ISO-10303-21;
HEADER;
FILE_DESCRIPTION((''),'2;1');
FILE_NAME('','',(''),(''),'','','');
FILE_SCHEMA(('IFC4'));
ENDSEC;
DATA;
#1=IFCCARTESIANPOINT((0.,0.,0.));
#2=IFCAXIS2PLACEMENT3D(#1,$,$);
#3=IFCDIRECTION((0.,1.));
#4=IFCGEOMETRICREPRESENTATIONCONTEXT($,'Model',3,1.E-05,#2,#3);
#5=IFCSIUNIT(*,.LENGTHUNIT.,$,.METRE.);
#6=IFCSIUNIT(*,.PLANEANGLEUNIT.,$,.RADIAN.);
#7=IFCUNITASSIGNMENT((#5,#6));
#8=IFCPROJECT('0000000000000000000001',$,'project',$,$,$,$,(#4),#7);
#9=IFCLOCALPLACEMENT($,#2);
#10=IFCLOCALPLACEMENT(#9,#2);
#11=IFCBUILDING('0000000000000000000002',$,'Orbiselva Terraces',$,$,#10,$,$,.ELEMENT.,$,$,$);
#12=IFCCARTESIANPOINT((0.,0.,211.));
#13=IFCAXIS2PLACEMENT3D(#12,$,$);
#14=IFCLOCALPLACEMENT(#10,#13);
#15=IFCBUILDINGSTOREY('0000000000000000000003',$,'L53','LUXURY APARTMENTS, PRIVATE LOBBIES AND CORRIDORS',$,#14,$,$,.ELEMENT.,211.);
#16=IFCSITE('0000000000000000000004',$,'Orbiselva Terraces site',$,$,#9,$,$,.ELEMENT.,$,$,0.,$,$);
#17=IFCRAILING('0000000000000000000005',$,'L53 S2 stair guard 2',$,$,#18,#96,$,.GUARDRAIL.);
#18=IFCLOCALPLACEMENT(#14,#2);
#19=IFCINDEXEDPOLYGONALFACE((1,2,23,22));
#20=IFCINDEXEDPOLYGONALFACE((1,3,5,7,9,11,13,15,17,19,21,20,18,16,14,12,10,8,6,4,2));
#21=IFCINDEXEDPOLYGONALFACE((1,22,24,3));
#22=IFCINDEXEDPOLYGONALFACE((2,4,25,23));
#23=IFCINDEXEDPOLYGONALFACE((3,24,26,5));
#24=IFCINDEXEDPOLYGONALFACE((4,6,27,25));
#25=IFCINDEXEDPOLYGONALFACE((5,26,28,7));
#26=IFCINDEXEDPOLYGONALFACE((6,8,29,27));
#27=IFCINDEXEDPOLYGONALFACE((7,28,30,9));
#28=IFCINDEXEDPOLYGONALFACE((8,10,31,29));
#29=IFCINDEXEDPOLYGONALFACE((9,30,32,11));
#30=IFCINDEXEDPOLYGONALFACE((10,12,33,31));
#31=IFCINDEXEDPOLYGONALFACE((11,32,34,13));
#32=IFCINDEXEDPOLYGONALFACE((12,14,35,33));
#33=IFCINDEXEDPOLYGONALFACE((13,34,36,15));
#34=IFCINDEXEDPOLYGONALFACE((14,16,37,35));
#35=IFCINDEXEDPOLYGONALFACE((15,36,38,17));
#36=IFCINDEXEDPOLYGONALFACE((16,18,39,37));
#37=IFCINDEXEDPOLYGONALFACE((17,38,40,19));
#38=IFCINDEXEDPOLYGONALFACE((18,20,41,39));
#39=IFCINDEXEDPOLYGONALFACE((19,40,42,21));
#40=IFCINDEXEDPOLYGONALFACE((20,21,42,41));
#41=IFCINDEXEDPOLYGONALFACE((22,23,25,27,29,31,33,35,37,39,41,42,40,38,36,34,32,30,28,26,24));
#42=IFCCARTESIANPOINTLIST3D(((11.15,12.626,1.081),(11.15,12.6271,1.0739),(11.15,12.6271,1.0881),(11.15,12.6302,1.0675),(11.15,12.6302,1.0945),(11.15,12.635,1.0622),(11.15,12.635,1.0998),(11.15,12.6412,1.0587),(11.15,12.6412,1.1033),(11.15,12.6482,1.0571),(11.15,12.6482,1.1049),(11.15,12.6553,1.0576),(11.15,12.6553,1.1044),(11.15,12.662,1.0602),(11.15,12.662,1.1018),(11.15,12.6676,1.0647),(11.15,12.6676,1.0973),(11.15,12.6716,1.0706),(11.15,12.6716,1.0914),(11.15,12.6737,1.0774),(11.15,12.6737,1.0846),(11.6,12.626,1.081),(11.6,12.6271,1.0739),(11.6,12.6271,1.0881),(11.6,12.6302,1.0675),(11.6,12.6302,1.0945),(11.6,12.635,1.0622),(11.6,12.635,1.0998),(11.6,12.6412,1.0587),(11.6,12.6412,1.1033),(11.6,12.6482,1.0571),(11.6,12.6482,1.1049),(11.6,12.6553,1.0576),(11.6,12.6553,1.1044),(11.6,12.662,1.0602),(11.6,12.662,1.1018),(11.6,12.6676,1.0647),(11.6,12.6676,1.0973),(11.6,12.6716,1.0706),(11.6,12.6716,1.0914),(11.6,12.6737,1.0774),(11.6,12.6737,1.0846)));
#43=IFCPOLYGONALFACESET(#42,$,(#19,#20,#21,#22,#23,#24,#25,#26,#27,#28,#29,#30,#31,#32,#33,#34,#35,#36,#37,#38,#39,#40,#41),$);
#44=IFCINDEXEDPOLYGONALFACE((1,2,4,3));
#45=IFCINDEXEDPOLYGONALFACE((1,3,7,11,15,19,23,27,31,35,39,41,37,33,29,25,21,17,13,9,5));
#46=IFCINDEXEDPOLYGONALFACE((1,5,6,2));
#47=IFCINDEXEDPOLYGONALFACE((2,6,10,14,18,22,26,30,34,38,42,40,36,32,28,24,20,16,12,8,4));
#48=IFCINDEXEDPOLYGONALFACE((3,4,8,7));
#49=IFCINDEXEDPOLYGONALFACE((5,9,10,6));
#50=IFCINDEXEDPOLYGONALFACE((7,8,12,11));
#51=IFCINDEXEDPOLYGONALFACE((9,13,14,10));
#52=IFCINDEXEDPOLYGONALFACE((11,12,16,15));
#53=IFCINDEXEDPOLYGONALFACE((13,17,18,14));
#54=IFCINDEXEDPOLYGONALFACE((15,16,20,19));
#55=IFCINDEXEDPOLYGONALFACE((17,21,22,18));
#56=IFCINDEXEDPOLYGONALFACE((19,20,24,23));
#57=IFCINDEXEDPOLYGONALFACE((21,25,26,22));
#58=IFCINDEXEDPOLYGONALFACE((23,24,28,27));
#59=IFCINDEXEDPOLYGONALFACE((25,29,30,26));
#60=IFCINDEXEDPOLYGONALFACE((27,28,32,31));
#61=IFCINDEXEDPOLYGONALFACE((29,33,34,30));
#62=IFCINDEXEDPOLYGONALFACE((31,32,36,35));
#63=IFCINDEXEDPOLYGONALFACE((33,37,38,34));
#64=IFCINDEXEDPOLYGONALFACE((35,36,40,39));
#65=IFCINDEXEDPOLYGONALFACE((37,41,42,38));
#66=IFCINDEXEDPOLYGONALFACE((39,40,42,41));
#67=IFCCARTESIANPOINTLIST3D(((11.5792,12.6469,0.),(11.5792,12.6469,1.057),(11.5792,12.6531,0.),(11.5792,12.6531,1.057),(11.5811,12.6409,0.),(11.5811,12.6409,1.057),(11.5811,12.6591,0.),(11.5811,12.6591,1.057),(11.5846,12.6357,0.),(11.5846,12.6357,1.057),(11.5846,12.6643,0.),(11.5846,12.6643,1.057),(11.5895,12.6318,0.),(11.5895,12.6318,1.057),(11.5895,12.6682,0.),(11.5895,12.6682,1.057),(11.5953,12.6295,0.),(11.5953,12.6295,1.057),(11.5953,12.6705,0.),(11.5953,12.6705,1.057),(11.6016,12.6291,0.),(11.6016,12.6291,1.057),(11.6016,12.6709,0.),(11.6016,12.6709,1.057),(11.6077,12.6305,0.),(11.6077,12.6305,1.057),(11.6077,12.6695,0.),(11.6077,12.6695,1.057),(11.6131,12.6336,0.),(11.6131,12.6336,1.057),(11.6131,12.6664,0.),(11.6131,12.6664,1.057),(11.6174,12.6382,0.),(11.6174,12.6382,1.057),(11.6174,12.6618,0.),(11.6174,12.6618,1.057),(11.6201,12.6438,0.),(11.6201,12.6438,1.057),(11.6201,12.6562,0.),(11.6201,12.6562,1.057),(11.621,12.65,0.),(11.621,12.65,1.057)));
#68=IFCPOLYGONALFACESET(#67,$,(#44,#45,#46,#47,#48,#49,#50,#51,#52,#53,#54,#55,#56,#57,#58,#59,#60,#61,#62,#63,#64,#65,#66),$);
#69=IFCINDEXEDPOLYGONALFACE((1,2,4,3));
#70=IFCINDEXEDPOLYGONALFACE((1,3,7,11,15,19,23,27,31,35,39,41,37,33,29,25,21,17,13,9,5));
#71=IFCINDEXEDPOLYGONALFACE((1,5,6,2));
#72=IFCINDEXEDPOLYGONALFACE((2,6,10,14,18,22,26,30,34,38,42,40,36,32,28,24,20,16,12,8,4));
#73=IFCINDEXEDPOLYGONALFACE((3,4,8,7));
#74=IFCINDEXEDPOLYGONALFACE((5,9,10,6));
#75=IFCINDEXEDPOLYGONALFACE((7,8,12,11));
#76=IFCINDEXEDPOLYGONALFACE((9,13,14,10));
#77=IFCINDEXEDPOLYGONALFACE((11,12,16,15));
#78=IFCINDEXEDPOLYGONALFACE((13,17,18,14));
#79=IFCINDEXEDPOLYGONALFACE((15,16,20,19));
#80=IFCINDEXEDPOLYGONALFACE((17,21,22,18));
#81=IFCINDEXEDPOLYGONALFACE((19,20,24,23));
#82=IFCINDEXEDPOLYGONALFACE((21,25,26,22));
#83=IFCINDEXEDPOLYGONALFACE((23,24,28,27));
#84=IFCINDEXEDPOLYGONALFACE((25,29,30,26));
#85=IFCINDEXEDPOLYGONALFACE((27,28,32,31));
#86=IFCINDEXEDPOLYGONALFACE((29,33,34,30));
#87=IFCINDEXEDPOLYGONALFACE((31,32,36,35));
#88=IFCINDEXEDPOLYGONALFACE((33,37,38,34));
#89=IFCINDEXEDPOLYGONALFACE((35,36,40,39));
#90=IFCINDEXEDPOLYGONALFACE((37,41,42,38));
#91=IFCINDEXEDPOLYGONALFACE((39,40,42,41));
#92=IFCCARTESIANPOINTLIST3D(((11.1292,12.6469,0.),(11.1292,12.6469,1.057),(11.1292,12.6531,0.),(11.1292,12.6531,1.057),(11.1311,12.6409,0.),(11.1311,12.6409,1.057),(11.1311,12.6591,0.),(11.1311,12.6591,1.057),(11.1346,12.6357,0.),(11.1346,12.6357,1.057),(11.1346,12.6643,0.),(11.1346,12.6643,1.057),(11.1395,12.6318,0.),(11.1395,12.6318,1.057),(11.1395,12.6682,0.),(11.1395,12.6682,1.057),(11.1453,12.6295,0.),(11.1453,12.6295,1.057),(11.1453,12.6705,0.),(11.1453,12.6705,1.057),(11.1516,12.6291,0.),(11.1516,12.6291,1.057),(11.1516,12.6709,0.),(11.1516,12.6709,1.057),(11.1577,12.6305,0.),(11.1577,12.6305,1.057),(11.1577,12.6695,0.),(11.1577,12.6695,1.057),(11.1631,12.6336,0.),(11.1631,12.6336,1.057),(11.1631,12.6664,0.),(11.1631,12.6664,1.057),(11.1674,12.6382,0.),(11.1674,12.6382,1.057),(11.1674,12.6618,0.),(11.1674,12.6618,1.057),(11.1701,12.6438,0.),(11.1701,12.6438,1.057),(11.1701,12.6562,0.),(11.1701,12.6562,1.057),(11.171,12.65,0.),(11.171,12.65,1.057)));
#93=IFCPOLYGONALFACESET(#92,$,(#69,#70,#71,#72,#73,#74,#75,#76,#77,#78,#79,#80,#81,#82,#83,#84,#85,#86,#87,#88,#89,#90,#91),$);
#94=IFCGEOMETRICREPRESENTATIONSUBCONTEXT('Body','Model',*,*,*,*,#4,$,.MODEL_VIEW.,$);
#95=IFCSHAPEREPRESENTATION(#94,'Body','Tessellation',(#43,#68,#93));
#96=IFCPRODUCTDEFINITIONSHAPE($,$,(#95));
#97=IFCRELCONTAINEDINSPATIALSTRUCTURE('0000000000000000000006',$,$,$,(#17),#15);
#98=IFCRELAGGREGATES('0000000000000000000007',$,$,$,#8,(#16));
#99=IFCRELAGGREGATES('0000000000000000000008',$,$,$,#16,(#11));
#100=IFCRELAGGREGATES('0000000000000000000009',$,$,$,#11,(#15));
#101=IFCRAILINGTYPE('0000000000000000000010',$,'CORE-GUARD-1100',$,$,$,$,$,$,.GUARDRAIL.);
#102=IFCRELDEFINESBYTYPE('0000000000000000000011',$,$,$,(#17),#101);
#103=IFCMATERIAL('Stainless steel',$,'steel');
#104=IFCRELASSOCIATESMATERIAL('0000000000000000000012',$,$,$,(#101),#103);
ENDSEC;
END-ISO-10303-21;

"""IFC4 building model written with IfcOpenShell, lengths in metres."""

from ifc_helpers import new_model, si_unit, direction, frame, origin, origin_2d, place, context, subcontext, project, spatial, circle, extrude, material, type_object, element, save


model = new_model("IFC4")

# Units and contexts
model_context = context("Model", 3, precision=1e-05, world=origin(), true_north=direction((0.0, 1.0)))
body_context = subcontext(model_context, "Body", "Model", "MODEL_VIEW")
ifc_project = project(units=[si_unit("LENGTHUNIT", "METRE"), si_unit("PLANEANGLEUNIT", "RADIAN")], contexts=[model_context])

# Site, building, storey
site_placement = place(None, origin())
site = spatial("IfcSite", under=ifc_project, at=site_placement, Name="Orbiselva Terraces site", CompositionType="ELEMENT", RefElevation=0.0)
building_placement = place(site_placement, origin())
building = spatial("IfcBuilding", under=site, at=building_placement, Name="Orbiselva Terraces", CompositionType="ELEMENT")
storey_placement = place(building_placement, frame((0.0, 0.0, 211.0)))
storey = spatial("IfcBuildingStorey", under=building, at=storey_placement, Name="L53", Description="LUXURY APARTMENTS, PRIVATE LOBBIES AND CORRIDORS", CompositionType="ELEMENT", Elevation=211.0)

# Railing
ifc_material_1 = material(Name="Stainless steel", Category="steel")
railing_type = type_object("IfcRailingType", Name="CORE-GUARD-1100", PredefinedType="GUARDRAIL", material=ifc_material_1)
railing_1_placement = place(storey_placement, frame((11.6, 12.65, 0.0)))
element("IfcRailing", 1, at=railing_1_placement, inside=storey, type_object=railing_type, Name="L53 S2 stair guard 2", PredefinedType="GUARDRAIL", context=body_context, shape_type="SweptSolid", body=[
    extrude(circle(Radius=0.024, at=origin_2d()), frame((0.0, 0.0, 1.081), z_axis=(-1.0, 0.0, 0.0), x_axis=(0.0, -1.0, 0.0)), (0.0, 0.0, 1.0), 0.45),
    extrude(circle(Radius=0.021, at=origin_2d()), origin(), (0.0, 0.0, 1.0), 1.057),
    extrude(circle(Radius=0.021, at=origin_2d()), frame((-0.45, 0.0, 0.0)), (0.0, 0.0, 1.0), 1.057),
])

save(model, "model.ifc")
